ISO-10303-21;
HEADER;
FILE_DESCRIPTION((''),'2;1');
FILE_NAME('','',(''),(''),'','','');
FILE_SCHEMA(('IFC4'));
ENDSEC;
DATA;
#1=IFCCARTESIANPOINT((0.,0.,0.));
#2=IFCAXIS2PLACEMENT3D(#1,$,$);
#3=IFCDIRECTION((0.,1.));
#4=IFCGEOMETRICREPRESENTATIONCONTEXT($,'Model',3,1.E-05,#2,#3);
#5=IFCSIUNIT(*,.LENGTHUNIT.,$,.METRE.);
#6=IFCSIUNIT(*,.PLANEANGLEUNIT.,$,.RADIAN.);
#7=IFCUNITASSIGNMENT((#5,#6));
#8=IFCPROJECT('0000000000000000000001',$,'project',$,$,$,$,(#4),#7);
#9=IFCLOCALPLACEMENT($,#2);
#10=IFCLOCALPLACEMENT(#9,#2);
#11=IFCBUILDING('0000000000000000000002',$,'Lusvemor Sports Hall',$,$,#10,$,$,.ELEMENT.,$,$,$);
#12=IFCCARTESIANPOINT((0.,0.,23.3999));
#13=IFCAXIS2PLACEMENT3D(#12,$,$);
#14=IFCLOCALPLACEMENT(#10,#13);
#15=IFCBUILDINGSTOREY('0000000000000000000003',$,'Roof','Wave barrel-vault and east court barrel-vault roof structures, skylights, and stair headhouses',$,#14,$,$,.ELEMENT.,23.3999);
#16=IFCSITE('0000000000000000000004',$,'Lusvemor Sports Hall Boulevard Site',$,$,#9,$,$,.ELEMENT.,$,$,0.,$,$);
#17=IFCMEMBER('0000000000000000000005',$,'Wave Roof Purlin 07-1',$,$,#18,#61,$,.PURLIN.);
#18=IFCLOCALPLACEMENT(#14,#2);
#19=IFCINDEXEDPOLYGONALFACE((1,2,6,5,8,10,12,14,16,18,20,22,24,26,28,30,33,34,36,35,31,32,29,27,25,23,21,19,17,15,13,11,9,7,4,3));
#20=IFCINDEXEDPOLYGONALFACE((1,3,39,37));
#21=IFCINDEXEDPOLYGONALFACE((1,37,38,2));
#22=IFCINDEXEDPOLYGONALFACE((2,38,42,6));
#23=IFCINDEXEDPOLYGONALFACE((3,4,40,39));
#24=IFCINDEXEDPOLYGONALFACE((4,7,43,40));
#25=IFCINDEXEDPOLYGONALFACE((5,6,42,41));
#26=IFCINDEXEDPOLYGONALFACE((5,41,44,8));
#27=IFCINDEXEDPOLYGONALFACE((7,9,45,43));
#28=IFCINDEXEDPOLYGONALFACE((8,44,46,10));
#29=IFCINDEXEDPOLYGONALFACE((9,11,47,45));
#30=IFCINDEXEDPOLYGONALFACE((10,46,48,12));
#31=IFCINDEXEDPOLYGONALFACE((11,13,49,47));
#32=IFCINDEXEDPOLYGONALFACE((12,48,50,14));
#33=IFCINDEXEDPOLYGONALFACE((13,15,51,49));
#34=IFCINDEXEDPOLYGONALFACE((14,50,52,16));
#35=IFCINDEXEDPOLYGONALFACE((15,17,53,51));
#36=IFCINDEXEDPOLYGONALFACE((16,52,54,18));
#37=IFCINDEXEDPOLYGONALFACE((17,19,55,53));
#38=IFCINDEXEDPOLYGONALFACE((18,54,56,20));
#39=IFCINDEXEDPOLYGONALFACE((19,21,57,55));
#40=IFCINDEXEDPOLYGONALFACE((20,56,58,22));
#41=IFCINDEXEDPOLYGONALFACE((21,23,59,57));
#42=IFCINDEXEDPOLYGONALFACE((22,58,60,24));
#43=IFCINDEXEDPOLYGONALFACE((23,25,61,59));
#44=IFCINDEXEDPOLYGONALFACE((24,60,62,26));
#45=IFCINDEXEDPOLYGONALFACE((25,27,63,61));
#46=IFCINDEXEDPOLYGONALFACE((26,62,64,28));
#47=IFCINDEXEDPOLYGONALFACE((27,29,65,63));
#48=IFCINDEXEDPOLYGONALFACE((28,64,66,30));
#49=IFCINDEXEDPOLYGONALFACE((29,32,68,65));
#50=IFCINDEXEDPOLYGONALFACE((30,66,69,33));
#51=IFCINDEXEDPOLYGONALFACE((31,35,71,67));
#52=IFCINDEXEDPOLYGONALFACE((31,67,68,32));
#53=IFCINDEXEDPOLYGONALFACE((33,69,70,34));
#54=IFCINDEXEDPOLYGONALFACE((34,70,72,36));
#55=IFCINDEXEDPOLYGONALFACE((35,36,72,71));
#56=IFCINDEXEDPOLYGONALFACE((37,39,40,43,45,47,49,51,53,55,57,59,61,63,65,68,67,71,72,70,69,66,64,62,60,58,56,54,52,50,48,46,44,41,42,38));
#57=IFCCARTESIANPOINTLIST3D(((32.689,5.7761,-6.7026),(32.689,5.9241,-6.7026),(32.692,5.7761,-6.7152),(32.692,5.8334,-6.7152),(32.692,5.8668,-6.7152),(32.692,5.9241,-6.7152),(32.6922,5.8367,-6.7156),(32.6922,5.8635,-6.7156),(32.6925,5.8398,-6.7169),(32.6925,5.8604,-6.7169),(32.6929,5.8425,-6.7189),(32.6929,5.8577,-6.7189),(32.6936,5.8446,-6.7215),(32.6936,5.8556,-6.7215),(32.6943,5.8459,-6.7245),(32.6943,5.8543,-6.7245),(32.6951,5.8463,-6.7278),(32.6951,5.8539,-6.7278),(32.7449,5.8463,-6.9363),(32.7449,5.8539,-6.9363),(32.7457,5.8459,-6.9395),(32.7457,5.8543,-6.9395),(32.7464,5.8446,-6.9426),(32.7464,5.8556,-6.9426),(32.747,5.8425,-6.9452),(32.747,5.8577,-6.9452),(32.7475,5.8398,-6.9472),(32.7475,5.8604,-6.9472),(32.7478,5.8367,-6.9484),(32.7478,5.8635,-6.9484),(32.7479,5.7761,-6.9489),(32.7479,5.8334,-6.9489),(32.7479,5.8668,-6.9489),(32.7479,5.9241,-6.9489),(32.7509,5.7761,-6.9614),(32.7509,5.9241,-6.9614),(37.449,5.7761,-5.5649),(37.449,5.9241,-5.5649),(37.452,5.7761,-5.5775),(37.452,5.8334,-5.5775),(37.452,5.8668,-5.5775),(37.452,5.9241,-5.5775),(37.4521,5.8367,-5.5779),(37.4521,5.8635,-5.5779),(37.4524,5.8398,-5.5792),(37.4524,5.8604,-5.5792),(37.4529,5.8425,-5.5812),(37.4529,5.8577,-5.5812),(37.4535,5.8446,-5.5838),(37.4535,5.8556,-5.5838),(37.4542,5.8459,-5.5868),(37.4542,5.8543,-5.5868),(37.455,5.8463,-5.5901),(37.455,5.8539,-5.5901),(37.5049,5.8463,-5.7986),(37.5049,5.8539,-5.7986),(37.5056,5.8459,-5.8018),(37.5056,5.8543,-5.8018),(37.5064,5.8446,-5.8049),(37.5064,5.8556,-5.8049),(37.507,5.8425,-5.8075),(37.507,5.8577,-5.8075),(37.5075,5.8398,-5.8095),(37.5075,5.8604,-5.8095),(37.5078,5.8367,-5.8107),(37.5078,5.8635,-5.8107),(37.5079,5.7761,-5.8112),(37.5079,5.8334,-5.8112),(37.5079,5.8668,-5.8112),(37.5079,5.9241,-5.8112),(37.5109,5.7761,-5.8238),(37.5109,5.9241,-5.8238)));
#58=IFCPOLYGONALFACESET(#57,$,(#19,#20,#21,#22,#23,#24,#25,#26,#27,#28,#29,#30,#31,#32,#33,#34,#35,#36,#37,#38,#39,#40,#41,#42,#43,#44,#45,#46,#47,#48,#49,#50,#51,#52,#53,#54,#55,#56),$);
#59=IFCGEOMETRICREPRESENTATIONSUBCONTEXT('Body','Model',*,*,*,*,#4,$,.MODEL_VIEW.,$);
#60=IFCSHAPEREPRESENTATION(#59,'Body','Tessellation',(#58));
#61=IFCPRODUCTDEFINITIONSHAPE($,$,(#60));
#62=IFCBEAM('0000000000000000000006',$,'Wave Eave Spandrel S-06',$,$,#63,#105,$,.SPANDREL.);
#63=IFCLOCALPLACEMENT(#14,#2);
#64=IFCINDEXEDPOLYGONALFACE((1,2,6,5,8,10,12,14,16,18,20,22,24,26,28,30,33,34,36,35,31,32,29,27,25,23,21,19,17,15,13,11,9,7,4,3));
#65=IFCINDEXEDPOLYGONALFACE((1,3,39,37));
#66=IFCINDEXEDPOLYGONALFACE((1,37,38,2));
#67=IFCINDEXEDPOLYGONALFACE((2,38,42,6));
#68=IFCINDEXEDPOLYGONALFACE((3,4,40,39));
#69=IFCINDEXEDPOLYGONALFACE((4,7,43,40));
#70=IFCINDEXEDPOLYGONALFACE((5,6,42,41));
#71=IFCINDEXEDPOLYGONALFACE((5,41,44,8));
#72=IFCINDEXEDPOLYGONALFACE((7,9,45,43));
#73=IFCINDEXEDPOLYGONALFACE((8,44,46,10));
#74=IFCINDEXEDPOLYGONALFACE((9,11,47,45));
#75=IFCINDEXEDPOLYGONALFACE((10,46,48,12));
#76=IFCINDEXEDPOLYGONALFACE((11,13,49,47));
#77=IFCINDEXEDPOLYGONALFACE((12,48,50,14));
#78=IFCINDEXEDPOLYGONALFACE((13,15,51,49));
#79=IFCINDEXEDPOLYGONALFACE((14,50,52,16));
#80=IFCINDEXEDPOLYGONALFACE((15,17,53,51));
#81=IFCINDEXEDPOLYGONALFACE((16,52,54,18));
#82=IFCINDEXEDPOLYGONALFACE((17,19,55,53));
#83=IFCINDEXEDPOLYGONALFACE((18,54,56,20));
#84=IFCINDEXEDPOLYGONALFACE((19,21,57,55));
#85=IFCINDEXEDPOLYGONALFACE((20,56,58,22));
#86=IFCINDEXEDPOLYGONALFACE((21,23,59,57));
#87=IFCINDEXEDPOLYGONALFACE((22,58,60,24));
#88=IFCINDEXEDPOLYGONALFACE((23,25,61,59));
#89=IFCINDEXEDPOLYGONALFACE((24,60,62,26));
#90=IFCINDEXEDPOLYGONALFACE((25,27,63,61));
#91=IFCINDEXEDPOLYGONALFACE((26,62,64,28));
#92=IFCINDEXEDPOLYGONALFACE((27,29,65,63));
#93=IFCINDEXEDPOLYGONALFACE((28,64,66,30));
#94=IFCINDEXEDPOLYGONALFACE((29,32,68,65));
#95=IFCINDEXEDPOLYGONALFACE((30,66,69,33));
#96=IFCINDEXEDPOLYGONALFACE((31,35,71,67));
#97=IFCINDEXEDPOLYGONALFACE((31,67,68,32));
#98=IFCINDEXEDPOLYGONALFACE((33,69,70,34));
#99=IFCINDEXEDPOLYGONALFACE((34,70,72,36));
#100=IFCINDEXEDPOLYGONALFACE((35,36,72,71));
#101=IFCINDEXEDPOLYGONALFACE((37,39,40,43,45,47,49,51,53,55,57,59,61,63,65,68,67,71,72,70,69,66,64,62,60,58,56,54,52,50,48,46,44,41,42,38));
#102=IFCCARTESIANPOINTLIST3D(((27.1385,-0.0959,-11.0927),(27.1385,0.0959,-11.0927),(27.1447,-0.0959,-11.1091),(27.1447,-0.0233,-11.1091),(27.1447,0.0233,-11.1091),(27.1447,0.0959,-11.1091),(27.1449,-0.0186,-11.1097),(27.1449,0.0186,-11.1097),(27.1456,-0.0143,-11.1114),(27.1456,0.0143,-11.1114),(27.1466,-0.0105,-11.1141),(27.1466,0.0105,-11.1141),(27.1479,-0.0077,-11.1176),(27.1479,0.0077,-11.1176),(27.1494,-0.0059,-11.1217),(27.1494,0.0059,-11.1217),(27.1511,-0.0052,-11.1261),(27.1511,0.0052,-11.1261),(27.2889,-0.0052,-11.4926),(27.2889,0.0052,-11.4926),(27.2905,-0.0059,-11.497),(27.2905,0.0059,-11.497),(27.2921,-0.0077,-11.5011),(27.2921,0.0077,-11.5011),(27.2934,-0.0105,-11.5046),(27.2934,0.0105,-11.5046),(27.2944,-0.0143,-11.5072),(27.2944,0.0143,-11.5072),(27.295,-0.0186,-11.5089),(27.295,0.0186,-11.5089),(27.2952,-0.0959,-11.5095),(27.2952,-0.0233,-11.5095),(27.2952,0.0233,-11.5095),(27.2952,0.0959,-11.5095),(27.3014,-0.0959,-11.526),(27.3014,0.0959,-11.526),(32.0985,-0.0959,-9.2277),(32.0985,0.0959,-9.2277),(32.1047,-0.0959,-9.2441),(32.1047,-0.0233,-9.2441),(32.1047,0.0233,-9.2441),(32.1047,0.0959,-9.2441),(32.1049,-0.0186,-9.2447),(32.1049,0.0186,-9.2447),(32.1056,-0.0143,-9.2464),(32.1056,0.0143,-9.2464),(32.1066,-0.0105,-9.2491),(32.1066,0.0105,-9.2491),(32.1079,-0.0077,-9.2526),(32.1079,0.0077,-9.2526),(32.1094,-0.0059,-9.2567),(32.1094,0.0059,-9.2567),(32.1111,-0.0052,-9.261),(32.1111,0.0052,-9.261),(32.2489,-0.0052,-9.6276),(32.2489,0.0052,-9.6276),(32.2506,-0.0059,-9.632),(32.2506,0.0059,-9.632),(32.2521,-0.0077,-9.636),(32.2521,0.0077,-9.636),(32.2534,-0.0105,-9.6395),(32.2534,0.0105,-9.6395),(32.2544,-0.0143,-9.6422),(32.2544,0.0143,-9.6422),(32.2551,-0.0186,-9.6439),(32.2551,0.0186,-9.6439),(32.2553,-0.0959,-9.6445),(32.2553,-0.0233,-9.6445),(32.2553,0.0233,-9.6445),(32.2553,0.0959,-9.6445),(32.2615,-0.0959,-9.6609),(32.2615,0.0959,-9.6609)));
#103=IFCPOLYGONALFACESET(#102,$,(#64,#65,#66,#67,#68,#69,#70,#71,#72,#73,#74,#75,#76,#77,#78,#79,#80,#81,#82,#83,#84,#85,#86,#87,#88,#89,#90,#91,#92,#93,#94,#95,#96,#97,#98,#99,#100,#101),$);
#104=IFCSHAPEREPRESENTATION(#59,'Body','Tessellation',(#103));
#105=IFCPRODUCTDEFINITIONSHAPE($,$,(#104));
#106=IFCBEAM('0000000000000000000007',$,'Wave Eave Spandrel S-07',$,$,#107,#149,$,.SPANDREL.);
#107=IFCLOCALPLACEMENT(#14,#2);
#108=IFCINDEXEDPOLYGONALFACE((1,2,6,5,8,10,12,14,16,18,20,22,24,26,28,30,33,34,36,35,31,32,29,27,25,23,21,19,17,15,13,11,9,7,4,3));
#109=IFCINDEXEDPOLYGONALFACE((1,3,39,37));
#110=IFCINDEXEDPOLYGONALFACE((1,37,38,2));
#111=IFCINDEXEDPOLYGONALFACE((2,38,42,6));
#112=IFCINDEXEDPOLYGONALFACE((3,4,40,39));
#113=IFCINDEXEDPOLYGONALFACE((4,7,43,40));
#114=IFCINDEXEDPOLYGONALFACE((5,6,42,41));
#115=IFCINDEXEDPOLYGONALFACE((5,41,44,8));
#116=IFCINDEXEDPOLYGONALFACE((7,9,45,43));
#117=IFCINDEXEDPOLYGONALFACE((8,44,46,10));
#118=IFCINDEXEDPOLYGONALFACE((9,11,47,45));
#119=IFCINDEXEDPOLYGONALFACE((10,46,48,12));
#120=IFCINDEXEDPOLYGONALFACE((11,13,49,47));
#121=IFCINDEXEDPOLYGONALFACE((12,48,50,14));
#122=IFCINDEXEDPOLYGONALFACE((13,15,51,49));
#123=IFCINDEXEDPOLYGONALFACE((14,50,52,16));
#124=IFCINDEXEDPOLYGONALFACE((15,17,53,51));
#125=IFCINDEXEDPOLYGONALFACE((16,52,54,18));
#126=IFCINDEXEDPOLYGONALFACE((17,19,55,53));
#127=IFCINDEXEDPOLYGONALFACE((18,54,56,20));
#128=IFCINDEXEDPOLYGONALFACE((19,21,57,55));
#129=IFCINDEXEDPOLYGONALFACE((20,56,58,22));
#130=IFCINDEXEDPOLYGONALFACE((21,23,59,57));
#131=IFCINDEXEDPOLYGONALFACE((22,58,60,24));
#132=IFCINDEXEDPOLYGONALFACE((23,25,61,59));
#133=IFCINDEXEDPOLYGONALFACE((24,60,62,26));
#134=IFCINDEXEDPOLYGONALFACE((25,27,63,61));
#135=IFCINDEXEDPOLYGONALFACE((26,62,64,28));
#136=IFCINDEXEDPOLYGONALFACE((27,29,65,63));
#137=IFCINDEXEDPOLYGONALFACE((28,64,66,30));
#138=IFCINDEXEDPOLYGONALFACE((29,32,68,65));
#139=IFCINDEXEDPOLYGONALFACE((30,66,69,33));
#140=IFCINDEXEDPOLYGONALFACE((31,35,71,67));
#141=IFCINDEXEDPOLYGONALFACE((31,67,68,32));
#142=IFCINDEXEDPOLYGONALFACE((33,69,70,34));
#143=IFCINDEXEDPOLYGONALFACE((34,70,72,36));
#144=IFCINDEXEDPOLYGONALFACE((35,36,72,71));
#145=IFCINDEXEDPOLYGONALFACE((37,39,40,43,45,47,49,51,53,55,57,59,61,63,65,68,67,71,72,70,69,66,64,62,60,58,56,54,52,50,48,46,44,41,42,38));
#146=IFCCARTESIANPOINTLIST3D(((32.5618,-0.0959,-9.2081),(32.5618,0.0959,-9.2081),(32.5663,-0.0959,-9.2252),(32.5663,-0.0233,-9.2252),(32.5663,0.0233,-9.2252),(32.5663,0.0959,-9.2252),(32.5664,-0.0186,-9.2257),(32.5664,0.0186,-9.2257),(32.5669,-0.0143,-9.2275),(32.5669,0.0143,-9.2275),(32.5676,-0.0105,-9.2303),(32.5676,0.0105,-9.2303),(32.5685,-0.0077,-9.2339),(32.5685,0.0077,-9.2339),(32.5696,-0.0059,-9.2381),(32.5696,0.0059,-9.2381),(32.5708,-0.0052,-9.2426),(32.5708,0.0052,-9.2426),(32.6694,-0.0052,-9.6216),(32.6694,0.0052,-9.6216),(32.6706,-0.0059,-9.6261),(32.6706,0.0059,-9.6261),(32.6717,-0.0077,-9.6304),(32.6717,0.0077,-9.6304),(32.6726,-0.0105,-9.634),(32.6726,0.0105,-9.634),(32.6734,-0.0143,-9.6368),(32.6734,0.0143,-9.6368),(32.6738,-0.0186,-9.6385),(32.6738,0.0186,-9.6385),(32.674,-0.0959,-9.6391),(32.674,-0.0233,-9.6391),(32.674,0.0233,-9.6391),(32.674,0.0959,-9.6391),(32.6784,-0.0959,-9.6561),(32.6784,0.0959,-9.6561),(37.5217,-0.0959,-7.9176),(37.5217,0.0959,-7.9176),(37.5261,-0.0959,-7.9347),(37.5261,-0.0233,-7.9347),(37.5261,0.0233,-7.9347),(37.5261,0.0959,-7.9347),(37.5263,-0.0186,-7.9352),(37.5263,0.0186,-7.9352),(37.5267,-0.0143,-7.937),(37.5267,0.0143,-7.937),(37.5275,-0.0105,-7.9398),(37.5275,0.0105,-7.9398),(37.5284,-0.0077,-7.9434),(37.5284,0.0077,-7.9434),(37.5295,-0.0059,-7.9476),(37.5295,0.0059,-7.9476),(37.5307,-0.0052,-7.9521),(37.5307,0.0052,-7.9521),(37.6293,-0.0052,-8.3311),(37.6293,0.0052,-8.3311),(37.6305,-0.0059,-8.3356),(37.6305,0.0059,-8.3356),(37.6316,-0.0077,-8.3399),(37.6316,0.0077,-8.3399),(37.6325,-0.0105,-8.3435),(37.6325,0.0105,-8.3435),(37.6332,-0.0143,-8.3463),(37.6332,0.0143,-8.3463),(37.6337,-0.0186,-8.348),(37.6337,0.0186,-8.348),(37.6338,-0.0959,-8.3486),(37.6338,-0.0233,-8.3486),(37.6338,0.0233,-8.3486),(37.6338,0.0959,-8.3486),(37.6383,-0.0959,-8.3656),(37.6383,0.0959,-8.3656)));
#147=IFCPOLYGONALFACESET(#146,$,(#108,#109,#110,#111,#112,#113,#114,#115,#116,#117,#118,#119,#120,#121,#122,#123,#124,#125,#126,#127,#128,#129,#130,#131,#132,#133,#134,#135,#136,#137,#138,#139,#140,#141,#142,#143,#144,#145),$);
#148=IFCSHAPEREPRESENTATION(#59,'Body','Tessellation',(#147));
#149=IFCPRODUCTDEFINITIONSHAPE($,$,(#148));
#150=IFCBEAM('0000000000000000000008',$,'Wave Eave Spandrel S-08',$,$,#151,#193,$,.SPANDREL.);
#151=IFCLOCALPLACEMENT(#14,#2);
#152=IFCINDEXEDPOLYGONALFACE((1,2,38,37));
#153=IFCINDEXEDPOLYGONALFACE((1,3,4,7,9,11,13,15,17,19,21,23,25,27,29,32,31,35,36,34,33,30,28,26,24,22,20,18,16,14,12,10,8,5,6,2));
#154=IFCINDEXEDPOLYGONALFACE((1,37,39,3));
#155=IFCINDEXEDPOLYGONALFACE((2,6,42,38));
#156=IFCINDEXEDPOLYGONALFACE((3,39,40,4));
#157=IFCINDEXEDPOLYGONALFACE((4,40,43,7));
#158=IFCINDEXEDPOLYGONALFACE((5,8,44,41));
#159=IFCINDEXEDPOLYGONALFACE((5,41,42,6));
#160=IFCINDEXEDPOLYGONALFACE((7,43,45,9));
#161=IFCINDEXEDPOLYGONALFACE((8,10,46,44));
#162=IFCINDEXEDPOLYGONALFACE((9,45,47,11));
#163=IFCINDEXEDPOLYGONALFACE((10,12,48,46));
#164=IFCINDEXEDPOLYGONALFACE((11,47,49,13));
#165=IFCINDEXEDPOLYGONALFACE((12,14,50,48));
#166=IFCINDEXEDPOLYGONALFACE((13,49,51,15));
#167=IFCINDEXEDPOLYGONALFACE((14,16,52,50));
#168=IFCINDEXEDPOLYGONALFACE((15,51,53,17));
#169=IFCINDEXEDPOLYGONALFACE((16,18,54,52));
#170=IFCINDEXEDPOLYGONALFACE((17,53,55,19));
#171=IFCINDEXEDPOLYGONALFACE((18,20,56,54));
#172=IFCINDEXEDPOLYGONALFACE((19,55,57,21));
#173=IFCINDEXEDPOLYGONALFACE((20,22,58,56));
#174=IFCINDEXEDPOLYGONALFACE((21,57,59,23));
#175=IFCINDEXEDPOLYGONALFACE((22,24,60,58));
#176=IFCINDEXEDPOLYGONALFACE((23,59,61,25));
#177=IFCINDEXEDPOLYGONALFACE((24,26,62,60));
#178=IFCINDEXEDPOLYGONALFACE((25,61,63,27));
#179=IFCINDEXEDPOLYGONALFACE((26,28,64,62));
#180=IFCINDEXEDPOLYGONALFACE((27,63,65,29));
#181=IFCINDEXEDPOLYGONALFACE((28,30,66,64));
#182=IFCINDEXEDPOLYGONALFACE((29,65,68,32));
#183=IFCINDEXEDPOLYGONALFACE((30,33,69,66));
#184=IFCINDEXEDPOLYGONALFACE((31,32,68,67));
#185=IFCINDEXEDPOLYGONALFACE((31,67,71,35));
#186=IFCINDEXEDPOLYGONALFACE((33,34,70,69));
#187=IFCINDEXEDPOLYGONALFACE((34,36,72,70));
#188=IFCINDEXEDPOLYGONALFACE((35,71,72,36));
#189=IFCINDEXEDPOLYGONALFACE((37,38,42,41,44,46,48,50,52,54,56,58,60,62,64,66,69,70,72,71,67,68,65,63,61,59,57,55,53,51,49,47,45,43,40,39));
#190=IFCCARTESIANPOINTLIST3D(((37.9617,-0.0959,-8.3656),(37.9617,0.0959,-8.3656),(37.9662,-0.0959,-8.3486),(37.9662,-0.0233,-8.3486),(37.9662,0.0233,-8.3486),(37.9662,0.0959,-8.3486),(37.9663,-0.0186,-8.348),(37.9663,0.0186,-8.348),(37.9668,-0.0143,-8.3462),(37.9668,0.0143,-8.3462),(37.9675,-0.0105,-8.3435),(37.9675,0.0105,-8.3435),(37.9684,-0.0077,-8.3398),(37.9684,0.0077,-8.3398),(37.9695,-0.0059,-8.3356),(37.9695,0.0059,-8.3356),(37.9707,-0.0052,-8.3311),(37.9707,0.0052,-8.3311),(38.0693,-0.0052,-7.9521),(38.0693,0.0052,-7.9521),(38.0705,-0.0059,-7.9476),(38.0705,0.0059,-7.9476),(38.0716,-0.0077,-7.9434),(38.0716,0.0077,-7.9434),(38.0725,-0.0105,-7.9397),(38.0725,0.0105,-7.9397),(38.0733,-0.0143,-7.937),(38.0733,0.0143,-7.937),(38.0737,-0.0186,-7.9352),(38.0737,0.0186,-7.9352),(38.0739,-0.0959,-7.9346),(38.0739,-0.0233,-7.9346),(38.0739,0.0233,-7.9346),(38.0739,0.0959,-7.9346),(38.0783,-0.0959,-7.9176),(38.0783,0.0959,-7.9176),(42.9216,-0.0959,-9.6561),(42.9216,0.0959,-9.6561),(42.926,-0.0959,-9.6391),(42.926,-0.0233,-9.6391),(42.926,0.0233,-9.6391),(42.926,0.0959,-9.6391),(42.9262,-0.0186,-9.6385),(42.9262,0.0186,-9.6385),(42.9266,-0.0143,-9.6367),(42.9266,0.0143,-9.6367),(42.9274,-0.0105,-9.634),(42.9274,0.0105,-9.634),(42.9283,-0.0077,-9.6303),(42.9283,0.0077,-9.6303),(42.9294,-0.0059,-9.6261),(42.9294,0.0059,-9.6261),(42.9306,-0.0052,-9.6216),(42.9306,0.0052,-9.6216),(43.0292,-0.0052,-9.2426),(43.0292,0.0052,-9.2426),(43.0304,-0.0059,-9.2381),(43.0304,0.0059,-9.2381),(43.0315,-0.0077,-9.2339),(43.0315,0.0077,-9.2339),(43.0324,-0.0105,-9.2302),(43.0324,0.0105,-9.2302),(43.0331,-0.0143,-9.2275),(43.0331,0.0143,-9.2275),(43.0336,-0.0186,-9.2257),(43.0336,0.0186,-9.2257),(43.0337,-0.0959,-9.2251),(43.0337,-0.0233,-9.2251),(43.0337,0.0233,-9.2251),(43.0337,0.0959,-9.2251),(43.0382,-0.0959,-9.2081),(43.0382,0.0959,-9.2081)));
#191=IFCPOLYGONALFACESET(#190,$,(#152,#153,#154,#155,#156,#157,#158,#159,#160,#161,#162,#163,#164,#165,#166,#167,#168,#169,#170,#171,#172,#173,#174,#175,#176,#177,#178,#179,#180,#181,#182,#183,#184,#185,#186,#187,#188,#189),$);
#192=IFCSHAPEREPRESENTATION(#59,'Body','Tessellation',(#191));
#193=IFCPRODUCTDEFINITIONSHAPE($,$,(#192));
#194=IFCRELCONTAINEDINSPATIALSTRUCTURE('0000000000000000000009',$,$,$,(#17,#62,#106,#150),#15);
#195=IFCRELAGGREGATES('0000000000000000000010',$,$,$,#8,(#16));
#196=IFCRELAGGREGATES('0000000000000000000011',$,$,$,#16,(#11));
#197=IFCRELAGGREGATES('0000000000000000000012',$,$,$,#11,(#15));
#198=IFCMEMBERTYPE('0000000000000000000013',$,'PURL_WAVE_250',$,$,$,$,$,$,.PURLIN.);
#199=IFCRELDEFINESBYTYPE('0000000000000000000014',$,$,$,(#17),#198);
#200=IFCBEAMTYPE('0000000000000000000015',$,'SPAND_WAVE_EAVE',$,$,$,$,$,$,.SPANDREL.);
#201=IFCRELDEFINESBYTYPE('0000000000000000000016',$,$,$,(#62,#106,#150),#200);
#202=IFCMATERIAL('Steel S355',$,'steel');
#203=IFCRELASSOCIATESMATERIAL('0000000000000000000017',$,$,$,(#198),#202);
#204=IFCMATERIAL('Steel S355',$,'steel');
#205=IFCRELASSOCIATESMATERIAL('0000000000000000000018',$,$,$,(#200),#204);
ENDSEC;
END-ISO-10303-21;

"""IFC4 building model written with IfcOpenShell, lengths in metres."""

from ifc_helpers import new_model, si_unit, direction, frame, origin, origin_2d, place, context, subcontext, project, spatial, i_section, extrude, material, material_profile, profile_set, type_object, element, save


model = new_model("IFC4")

# Units and contexts
model_context = context("Model", 3, precision=1e-05, world=origin(), true_north=direction((0.0, 1.0)))
body_context = subcontext(model_context, "Body", "Model", "MODEL_VIEW")
ifc_project = project(units=[si_unit("LENGTHUNIT", "METRE"), si_unit("PLANEANGLEUNIT", "RADIAN")], contexts=[model_context])

# Site, building, storey
site_placement = place(None, origin())
site = spatial("IfcSite", under=ifc_project, at=site_placement, Name="Lusvemor Sports Hall Boulevard Site", CompositionType="ELEMENT", RefElevation=0.0)
building_placement = place(site_placement, origin())
building = spatial("IfcBuilding", under=site, at=building_placement, Name="Lusvemor Sports Hall", CompositionType="ELEMENT")
storey_placement = place(building_placement, frame((0.0, 0.0, 23.3999)))
storey = spatial("IfcBuildingStorey", under=building, at=storey_placement, Name="Roof", Description="Wave barrel-vault and east court barrel-vault roof structures, skylights, and stair headhouses", CompositionType="ELEMENT", Elevation=23.3999)

# Member
ifc_material_1 = material(Name="Steel S355", Category="steel")
ifc_material_profile_1 = material_profile(ifc_material_1, i_section(OverallWidth=0.1479, OverallDepth=0.2661, WebThickness=0.0076, FlangeThickness=0.0129, FilletRadius=0.0129, at=origin_2d()), Name="W250x44.8")
ifc_profile_set_1 = profile_set([ifc_material_profile_1], Name="Steel S355")
member_type_1 = type_object("IfcMemberType", Name="PURL_WAVE_250", PredefinedType="PURLIN", material=ifc_profile_set_1)
member_1_placement = place(storey_placement, frame((32.72, 5.8501, -6.832), z_axis=(0.972605, 0.0, 0.232463), x_axis=(0.0, 1.0, 0.0)))
element("IfcMember", 1, at=member_1_placement, inside=storey, type_object=member_type_1, Name="Wave Roof Purlin 07-1", PredefinedType="PURLIN", context=body_context, shape_type="SweptSolid", body=[
    extrude(i_section(OverallWidth=0.1479, OverallDepth=0.2661, WebThickness=0.0076, FlangeThickness=0.0129, FilletRadius=0.0129, at=origin_2d()), origin(), (0.0, 0.0, 1.0), 4.894),
])

# Beams
ifc_material_2 = material(Name="Steel S355", Category="steel")
ifc_material_profile_2 = material_profile(ifc_material_2, i_section(OverallWidth=0.1919, OverallDepth=0.4629, WebThickness=0.0105, FlangeThickness=0.0176, FilletRadius=0.0181, at=origin_2d()), Name="W460x89.0")
ifc_profile_set_2 = profile_set([ifc_material_profile_2], Name="Steel S355")
beam_type_1 = type_object("IfcBeamType", Name="SPAND_WAVE_EAVE", PredefinedType="SPANDREL", material=ifc_profile_set_2)
beam_1_placement = place(storey_placement, frame((27.22, 0.0, -11.3093), z_axis=(0.936018, 0.0, 0.351951), x_axis=(0.0, 1.0, 0.0)))
element("IfcBeam", 2, at=beam_1_placement, inside=storey, type_object=beam_type_1, Name="Wave Eave Spandrel S-06", PredefinedType="SPANDREL", context=body_context, shape_type="SweptSolid", body=[
    extrude(i_section(OverallWidth=0.1919, OverallDepth=0.4629, WebThickness=0.0105, FlangeThickness=0.0176, FilletRadius=0.0181, at=origin_2d()), origin(), (0.0, 0.0, 1.0), 5.2991),
])
for number, where, z_axis, x_axis, name in (
    (3, (32.6201, 0.0, -9.4321), (0.967778, 0.0, 0.251805), (0.0, 1.0, 0.0), "Wave Eave Spandrel S-07"),
    (4, (38.02, 0.0, -8.1416), (0.967778, 0.0, -0.251805), (0.0, 1.0, 0.0), "Wave Eave Spandrel S-08"),
):
    element("IfcBeam", number, at=place(storey_placement, frame(where, z_axis=z_axis, x_axis=x_axis)), inside=storey, type_object=beam_type_1, Name=name, PredefinedType="SPANDREL", context=body_context, shape_type="SweptSolid", body=[
        extrude(i_section(OverallWidth=0.1919, OverallDepth=0.4629, WebThickness=0.0105, FlangeThickness=0.0176, FilletRadius=0.0181, at=origin_2d()), origin(), (0.0, 0.0, 1.0), 5.125),
    ])

save(model, "model.ifc")
